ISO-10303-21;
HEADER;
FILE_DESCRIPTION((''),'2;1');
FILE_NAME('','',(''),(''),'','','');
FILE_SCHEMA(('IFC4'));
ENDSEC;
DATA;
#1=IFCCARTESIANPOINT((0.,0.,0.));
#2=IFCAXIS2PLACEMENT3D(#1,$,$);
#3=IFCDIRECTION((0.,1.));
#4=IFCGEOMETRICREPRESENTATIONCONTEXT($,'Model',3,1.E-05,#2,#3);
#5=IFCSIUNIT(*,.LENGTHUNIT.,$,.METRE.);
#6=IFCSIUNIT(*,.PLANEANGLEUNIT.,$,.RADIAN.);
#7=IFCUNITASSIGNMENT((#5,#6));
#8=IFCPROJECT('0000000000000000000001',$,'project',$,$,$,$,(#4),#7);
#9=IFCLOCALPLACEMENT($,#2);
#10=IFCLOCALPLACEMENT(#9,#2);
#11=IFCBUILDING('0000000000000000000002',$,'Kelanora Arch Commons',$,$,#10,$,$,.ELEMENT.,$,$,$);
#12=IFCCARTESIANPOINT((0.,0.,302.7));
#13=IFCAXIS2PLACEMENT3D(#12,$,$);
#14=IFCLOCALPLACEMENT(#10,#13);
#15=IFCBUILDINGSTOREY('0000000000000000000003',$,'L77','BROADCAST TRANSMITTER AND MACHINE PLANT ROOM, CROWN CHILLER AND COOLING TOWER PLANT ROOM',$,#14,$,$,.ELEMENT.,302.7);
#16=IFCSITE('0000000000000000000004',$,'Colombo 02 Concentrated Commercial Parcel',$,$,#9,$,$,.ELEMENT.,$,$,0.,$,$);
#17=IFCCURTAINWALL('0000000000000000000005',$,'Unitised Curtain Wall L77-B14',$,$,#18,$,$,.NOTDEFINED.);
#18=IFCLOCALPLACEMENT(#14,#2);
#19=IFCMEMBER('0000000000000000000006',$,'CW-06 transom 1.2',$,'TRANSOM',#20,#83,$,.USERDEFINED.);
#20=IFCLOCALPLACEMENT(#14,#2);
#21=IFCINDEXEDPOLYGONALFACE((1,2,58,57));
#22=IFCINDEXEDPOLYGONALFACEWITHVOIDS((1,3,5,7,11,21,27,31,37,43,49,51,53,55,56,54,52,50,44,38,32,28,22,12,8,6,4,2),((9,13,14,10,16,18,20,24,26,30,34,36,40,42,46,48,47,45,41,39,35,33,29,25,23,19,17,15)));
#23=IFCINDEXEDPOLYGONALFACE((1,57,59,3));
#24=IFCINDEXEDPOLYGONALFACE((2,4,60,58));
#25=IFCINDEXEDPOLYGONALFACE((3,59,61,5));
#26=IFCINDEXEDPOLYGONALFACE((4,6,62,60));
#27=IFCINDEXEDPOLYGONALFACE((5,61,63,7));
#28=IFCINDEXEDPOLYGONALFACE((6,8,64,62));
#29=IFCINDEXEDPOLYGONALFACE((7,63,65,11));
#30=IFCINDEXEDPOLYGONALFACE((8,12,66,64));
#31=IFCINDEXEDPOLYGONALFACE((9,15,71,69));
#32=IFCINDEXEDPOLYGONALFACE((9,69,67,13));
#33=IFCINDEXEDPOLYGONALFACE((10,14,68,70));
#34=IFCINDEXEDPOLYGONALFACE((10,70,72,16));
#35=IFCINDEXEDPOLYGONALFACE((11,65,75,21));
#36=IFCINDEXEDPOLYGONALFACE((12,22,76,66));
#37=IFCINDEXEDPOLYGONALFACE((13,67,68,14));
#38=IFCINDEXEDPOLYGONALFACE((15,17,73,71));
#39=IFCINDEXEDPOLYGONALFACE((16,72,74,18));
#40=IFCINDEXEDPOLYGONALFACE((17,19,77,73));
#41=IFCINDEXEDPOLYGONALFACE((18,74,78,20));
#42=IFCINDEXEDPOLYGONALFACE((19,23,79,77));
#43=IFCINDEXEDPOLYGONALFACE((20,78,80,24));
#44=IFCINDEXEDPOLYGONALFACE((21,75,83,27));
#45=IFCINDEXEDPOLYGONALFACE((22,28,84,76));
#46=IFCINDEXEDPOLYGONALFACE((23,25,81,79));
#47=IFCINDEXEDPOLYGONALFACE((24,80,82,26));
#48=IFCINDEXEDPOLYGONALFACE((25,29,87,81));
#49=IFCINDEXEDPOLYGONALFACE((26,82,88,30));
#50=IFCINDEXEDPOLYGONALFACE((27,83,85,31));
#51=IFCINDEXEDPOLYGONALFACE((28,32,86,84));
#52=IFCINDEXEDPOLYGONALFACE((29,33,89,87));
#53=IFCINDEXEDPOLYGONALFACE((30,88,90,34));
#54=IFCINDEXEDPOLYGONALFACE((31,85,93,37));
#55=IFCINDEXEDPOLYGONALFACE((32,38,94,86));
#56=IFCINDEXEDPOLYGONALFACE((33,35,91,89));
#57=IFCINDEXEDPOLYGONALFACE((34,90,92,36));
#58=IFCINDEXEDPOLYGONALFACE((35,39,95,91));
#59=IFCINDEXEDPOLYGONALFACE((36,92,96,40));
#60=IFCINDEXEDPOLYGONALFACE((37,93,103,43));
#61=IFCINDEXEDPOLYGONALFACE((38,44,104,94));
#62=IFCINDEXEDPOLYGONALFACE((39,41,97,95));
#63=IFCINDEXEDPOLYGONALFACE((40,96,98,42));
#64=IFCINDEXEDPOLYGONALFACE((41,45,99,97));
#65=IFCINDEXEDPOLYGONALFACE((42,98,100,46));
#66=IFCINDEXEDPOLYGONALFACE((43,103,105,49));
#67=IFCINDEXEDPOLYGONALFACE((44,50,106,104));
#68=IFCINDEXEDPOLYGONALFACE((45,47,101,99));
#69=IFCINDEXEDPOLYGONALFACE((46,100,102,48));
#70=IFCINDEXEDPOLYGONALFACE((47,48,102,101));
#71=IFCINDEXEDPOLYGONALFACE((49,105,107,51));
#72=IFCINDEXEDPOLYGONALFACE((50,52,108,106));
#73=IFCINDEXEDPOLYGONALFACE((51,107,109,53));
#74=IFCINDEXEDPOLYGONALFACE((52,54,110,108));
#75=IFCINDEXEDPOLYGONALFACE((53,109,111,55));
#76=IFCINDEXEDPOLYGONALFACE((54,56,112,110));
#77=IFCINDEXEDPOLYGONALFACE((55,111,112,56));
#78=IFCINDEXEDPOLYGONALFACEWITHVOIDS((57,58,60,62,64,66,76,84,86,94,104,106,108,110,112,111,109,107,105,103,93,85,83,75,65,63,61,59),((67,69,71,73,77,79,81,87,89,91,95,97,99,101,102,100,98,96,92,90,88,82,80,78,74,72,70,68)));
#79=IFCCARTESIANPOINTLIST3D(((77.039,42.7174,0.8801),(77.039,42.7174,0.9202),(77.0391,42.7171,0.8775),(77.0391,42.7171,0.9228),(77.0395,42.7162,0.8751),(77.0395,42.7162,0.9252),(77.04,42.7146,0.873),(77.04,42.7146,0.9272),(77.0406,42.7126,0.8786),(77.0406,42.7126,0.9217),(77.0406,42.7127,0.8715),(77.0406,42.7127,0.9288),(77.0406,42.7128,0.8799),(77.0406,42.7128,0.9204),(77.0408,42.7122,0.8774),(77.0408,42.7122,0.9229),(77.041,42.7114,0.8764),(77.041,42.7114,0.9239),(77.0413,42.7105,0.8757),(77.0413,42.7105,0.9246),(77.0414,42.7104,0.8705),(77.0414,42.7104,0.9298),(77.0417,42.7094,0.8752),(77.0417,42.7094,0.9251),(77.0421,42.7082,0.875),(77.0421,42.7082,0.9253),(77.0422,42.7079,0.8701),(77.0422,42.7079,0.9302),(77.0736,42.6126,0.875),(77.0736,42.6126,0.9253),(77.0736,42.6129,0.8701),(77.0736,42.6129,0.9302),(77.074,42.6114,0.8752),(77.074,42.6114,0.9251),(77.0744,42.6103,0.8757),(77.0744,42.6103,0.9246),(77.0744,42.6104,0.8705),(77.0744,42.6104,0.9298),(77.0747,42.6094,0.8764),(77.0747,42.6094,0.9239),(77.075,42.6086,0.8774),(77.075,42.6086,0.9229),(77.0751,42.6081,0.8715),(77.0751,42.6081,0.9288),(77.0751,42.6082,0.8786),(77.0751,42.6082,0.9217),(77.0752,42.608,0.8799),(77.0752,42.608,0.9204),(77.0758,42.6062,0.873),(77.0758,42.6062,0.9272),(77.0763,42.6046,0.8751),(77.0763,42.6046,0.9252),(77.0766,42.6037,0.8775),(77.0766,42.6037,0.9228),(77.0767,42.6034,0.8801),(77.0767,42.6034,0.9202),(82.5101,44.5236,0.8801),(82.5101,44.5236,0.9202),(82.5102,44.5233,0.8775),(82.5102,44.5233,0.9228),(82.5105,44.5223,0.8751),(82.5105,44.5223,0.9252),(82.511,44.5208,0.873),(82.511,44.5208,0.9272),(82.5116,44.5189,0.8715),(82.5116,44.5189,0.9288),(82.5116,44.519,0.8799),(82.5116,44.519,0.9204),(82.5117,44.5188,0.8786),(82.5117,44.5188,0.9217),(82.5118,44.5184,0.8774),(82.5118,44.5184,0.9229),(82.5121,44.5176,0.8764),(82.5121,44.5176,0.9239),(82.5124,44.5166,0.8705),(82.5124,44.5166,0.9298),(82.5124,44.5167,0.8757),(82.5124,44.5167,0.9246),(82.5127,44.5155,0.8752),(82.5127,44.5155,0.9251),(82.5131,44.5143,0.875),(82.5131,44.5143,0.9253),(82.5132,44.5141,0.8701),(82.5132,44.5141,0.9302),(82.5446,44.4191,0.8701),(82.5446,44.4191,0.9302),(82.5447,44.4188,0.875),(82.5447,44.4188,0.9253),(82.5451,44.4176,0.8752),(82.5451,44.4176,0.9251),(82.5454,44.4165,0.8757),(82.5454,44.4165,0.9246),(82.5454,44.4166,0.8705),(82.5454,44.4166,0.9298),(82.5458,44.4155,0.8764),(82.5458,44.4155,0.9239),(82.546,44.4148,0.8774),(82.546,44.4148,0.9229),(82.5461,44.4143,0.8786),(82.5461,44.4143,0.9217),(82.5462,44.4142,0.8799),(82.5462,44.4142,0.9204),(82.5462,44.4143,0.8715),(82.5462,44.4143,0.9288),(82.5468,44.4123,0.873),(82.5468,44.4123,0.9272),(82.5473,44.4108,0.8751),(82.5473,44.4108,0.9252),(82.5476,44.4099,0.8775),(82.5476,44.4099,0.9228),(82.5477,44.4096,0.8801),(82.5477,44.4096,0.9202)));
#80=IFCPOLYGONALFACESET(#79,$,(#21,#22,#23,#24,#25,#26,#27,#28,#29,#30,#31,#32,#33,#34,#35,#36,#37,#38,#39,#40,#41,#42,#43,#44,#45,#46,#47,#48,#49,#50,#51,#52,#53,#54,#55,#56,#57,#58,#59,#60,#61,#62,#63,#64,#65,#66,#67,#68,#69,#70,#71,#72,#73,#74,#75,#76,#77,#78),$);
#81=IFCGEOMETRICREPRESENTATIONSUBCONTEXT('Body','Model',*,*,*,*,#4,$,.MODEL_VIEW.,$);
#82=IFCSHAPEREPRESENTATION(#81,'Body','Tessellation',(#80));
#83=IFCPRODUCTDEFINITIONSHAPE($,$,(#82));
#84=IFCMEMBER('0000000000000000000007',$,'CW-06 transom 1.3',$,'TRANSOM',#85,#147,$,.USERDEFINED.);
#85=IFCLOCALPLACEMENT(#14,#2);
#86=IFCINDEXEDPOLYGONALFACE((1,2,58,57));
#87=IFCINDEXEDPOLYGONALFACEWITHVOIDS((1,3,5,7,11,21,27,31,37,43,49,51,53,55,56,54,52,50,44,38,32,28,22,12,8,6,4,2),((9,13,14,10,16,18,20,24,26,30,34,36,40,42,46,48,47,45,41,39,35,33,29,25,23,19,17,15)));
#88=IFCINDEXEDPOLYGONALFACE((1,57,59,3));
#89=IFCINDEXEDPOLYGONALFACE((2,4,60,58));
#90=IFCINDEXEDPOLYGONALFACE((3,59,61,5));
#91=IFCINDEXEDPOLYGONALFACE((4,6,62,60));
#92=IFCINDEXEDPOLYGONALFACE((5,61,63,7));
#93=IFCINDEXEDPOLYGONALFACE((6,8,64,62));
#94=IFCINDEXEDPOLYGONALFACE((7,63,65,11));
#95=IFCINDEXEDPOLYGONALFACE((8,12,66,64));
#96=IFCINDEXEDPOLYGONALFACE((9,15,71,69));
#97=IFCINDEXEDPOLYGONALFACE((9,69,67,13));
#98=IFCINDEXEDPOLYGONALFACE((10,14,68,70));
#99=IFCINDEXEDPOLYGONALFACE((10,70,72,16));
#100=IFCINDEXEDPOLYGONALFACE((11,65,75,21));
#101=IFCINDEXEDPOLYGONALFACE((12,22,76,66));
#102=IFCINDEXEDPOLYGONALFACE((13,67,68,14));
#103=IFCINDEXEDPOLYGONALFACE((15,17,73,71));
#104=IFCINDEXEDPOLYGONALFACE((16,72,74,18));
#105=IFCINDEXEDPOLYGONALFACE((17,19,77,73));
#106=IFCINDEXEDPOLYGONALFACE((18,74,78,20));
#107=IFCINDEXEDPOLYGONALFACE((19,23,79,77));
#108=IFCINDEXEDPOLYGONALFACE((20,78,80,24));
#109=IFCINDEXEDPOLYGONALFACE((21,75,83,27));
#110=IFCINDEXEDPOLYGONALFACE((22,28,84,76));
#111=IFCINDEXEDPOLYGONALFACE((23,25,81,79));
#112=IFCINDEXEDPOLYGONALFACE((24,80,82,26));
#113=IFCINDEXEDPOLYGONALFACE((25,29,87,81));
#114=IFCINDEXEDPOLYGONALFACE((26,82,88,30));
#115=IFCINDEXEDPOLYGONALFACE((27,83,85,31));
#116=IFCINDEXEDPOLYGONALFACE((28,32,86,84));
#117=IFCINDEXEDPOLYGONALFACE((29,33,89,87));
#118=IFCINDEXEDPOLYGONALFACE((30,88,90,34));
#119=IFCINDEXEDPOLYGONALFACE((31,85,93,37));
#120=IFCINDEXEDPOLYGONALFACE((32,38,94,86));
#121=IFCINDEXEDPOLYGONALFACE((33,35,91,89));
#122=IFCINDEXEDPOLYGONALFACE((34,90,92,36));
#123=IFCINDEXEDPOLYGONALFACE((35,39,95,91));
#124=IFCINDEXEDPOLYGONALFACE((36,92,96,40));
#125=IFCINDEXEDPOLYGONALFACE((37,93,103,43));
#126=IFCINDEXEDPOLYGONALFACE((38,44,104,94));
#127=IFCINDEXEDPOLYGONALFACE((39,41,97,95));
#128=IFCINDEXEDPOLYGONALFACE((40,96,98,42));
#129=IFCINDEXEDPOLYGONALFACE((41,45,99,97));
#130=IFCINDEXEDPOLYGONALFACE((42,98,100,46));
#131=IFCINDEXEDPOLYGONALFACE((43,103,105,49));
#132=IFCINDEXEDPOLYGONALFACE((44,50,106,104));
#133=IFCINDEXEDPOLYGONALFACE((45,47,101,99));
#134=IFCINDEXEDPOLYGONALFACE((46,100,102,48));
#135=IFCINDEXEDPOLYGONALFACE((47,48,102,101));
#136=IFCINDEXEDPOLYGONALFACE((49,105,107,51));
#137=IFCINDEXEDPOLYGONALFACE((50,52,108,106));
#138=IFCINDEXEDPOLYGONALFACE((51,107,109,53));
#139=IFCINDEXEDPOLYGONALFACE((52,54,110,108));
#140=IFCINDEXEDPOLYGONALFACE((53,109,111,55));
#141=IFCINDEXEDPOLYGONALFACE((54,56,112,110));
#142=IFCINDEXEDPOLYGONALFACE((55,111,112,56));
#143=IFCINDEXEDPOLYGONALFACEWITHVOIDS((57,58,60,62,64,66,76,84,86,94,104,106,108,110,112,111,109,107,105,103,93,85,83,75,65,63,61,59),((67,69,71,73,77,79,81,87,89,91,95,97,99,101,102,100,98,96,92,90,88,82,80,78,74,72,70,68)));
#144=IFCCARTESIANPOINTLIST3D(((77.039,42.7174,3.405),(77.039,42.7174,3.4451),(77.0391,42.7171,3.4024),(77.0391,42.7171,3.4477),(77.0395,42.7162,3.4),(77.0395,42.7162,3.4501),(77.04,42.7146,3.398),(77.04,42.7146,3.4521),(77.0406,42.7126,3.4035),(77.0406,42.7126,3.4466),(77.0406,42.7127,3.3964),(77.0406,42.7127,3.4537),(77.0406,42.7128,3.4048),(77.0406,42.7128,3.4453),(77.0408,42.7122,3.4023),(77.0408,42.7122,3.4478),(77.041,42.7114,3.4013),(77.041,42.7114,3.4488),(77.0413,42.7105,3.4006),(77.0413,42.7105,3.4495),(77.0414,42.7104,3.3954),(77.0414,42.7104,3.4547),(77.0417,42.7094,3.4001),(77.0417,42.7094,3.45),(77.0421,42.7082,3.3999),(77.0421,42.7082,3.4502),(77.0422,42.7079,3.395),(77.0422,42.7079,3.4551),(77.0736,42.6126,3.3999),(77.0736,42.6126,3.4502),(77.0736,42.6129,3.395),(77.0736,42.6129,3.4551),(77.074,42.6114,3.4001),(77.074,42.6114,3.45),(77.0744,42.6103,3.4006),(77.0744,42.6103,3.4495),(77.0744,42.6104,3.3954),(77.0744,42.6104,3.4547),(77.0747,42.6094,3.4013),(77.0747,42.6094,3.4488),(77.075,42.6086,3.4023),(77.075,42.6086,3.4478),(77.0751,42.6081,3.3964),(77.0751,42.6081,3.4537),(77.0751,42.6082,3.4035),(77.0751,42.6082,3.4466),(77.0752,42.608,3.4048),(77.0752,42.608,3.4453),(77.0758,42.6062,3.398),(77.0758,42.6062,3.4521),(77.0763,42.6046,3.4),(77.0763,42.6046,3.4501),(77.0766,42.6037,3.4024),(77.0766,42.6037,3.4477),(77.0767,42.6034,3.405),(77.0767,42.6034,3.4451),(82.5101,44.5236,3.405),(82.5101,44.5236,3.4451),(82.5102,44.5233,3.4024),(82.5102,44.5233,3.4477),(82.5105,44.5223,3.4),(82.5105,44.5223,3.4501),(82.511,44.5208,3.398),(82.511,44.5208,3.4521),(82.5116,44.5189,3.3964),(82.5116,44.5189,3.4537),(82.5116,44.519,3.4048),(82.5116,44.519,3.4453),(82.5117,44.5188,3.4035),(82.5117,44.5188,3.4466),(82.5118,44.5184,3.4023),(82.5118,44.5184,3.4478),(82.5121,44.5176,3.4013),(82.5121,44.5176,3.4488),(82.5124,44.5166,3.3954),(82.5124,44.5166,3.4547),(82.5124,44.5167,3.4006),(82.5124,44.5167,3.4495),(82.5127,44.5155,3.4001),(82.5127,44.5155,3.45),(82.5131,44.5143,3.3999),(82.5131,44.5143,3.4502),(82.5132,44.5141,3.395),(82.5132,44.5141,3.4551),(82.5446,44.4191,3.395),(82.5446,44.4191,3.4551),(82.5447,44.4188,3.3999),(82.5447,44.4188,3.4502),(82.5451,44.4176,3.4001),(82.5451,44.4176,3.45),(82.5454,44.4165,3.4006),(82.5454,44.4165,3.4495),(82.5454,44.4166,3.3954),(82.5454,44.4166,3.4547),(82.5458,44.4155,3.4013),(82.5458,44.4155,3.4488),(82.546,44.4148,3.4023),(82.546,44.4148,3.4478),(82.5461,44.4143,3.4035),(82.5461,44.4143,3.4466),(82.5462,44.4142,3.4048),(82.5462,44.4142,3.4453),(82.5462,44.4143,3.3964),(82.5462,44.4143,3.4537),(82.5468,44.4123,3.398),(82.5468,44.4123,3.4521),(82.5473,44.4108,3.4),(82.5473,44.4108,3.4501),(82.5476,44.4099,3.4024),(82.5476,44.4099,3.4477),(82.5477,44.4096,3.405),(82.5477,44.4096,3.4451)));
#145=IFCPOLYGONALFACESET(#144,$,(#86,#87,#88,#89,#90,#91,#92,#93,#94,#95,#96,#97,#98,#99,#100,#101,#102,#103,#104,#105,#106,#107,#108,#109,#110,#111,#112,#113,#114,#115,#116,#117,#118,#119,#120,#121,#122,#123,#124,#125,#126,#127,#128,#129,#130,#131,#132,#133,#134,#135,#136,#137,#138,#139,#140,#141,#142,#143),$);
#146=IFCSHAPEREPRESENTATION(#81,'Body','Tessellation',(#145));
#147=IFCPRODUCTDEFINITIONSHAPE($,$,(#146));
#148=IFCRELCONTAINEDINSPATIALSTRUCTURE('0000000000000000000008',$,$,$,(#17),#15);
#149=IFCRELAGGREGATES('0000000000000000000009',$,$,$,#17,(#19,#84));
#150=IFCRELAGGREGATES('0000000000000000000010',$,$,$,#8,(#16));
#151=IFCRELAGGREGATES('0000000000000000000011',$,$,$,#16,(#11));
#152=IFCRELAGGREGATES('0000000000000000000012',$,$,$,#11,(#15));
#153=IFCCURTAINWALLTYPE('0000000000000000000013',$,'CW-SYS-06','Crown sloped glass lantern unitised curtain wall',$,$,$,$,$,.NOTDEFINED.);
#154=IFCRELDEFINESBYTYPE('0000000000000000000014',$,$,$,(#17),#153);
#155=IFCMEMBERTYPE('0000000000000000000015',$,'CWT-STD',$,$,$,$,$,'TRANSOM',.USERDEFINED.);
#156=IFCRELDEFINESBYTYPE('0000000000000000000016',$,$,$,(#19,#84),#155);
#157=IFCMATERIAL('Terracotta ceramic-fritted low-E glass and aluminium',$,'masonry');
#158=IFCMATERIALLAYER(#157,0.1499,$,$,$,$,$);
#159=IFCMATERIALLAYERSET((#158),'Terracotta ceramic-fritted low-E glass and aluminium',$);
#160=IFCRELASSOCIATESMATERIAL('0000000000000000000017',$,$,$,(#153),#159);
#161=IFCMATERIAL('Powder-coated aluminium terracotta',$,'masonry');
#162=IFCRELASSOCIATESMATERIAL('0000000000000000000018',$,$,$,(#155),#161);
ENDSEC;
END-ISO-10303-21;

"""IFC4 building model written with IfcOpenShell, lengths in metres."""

from ifc_helpers import new_model, si_unit, direction, frame, origin, origin_2d, place, context, subcontext, project, spatial, hollow_rectangle, extrude, material, layer, layer_set, material_profile, profile_set, type_object, element, aggregate, save


model = new_model("IFC4")

# Units and contexts
model_context = context("Model", 3, precision=1e-05, world=origin(), true_north=direction((0.0, 1.0)))
body_context = subcontext(model_context, "Body", "Model", "MODEL_VIEW")
ifc_project = project(units=[si_unit("LENGTHUNIT", "METRE"), si_unit("PLANEANGLEUNIT", "RADIAN")], contexts=[model_context])

# Site, building, storey
site_placement = place(None, origin())
site = spatial("IfcSite", under=ifc_project, at=site_placement, Name="Colombo 02 Concentrated Commercial Parcel", CompositionType="ELEMENT", RefElevation=0.0)
building_placement = place(site_placement, origin())
building = spatial("IfcBuilding", under=site, at=building_placement, Name="Kelanora Arch Commons", CompositionType="ELEMENT")
storey_placement = place(building_placement, frame((0.0, 0.0, 302.7)))
storey = spatial("IfcBuildingStorey", under=building, at=storey_placement, Name="L77", Description="BROADCAST TRANSMITTER AND MACHINE PLANT ROOM, CROWN CHILLER AND COOLING TOWER PLANT ROOM", CompositionType="ELEMENT", Elevation=302.7)

# Shared definitions
ifc_material_1 = material(Name="Terracotta ceramic-fritted low-E glass and aluminium", Category="masonry")
ifc_layer_1 = layer(ifc_material_1, 0.1499)
ifc_layer_set_1 = layer_set([ifc_layer_1], Name="Terracotta ceramic-fritted low-E glass and aluminium")
curtain_wall_type = type_object("IfcCurtainWallType", Name="CW-SYS-06", Description="Crown sloped glass lantern unitised curtain wall", PredefinedType="NOTDEFINED", material=ifc_layer_set_1)
ifc_material_2 = material(Name="Powder-coated aluminium terracotta", Category="masonry")

# Curtain wall
curtain_wall_1_placement = place(storey_placement, origin())
curtain_wall_1 = element("IfcCurtainWall", 1, at=curtain_wall_1_placement, inside=storey, type_object=curtain_wall_type, Name="Unitised Curtain Wall L77-B14", PredefinedType="NOTDEFINED")

# Members
ifc_material_profile_1 = material_profile(ifc_material_2, hollow_rectangle(XDim=0.1201, YDim=0.0601, WallThickness=0.0049, InnerFilletRadius=0.0049, OuterFilletRadius=0.01, at=origin_2d()), Name="CWT120x60")
ifc_profile_set_1 = profile_set([ifc_material_profile_1], Name="Powder-coated aluminium terracotta")
member_type_1 = type_object("IfcMemberType", Name="CWT-STD", ElementType="TRANSOM", PredefinedType="USERDEFINED", material=ifc_profile_set_1)
member_1_placement = place(storey_placement, frame((77.0579, 42.6604, 0.9001), z_axis=(0.94959, 0.313493, 0.0), x_axis=(-0.313493, 0.94959, 0.0)))
member_1 = element("IfcMember", 2, at=member_1_placement, type_object=member_type_1, Name="CW-06 transom 1.2", ObjectType="TRANSOM", PredefinedType="USERDEFINED", context=body_context, shape_type="SweptSolid", body=[
    extrude(hollow_rectangle(XDim=0.1201, YDim=0.0601, WallThickness=0.0049, InnerFilletRadius=0.0049, OuterFilletRadius=0.01, at=origin_2d()), origin(), (0.0, 0.0, 1.0), 5.7615),
])
member_2_placement = place(storey_placement, frame((77.0579, 42.6604, 3.425), z_axis=(0.94959, 0.313493, 0.0), x_axis=(-0.313493, 0.94959, 0.0)))
member_2 = element("IfcMember", 3, at=member_2_placement, type_object=member_type_1, Name="CW-06 transom 1.3", ObjectType="TRANSOM", PredefinedType="USERDEFINED", context=body_context, shape_type="SweptSolid", body=[
    extrude(hollow_rectangle(XDim=0.1201, YDim=0.0601, WallThickness=0.0049, InnerFilletRadius=0.0049, OuterFilletRadius=0.01, at=origin_2d()), origin(), (0.0, 0.0, 1.0), 5.7615),
])

aggregate(curtain_wall_1, [member_1, member_2])

save(model, "model.ifc")
